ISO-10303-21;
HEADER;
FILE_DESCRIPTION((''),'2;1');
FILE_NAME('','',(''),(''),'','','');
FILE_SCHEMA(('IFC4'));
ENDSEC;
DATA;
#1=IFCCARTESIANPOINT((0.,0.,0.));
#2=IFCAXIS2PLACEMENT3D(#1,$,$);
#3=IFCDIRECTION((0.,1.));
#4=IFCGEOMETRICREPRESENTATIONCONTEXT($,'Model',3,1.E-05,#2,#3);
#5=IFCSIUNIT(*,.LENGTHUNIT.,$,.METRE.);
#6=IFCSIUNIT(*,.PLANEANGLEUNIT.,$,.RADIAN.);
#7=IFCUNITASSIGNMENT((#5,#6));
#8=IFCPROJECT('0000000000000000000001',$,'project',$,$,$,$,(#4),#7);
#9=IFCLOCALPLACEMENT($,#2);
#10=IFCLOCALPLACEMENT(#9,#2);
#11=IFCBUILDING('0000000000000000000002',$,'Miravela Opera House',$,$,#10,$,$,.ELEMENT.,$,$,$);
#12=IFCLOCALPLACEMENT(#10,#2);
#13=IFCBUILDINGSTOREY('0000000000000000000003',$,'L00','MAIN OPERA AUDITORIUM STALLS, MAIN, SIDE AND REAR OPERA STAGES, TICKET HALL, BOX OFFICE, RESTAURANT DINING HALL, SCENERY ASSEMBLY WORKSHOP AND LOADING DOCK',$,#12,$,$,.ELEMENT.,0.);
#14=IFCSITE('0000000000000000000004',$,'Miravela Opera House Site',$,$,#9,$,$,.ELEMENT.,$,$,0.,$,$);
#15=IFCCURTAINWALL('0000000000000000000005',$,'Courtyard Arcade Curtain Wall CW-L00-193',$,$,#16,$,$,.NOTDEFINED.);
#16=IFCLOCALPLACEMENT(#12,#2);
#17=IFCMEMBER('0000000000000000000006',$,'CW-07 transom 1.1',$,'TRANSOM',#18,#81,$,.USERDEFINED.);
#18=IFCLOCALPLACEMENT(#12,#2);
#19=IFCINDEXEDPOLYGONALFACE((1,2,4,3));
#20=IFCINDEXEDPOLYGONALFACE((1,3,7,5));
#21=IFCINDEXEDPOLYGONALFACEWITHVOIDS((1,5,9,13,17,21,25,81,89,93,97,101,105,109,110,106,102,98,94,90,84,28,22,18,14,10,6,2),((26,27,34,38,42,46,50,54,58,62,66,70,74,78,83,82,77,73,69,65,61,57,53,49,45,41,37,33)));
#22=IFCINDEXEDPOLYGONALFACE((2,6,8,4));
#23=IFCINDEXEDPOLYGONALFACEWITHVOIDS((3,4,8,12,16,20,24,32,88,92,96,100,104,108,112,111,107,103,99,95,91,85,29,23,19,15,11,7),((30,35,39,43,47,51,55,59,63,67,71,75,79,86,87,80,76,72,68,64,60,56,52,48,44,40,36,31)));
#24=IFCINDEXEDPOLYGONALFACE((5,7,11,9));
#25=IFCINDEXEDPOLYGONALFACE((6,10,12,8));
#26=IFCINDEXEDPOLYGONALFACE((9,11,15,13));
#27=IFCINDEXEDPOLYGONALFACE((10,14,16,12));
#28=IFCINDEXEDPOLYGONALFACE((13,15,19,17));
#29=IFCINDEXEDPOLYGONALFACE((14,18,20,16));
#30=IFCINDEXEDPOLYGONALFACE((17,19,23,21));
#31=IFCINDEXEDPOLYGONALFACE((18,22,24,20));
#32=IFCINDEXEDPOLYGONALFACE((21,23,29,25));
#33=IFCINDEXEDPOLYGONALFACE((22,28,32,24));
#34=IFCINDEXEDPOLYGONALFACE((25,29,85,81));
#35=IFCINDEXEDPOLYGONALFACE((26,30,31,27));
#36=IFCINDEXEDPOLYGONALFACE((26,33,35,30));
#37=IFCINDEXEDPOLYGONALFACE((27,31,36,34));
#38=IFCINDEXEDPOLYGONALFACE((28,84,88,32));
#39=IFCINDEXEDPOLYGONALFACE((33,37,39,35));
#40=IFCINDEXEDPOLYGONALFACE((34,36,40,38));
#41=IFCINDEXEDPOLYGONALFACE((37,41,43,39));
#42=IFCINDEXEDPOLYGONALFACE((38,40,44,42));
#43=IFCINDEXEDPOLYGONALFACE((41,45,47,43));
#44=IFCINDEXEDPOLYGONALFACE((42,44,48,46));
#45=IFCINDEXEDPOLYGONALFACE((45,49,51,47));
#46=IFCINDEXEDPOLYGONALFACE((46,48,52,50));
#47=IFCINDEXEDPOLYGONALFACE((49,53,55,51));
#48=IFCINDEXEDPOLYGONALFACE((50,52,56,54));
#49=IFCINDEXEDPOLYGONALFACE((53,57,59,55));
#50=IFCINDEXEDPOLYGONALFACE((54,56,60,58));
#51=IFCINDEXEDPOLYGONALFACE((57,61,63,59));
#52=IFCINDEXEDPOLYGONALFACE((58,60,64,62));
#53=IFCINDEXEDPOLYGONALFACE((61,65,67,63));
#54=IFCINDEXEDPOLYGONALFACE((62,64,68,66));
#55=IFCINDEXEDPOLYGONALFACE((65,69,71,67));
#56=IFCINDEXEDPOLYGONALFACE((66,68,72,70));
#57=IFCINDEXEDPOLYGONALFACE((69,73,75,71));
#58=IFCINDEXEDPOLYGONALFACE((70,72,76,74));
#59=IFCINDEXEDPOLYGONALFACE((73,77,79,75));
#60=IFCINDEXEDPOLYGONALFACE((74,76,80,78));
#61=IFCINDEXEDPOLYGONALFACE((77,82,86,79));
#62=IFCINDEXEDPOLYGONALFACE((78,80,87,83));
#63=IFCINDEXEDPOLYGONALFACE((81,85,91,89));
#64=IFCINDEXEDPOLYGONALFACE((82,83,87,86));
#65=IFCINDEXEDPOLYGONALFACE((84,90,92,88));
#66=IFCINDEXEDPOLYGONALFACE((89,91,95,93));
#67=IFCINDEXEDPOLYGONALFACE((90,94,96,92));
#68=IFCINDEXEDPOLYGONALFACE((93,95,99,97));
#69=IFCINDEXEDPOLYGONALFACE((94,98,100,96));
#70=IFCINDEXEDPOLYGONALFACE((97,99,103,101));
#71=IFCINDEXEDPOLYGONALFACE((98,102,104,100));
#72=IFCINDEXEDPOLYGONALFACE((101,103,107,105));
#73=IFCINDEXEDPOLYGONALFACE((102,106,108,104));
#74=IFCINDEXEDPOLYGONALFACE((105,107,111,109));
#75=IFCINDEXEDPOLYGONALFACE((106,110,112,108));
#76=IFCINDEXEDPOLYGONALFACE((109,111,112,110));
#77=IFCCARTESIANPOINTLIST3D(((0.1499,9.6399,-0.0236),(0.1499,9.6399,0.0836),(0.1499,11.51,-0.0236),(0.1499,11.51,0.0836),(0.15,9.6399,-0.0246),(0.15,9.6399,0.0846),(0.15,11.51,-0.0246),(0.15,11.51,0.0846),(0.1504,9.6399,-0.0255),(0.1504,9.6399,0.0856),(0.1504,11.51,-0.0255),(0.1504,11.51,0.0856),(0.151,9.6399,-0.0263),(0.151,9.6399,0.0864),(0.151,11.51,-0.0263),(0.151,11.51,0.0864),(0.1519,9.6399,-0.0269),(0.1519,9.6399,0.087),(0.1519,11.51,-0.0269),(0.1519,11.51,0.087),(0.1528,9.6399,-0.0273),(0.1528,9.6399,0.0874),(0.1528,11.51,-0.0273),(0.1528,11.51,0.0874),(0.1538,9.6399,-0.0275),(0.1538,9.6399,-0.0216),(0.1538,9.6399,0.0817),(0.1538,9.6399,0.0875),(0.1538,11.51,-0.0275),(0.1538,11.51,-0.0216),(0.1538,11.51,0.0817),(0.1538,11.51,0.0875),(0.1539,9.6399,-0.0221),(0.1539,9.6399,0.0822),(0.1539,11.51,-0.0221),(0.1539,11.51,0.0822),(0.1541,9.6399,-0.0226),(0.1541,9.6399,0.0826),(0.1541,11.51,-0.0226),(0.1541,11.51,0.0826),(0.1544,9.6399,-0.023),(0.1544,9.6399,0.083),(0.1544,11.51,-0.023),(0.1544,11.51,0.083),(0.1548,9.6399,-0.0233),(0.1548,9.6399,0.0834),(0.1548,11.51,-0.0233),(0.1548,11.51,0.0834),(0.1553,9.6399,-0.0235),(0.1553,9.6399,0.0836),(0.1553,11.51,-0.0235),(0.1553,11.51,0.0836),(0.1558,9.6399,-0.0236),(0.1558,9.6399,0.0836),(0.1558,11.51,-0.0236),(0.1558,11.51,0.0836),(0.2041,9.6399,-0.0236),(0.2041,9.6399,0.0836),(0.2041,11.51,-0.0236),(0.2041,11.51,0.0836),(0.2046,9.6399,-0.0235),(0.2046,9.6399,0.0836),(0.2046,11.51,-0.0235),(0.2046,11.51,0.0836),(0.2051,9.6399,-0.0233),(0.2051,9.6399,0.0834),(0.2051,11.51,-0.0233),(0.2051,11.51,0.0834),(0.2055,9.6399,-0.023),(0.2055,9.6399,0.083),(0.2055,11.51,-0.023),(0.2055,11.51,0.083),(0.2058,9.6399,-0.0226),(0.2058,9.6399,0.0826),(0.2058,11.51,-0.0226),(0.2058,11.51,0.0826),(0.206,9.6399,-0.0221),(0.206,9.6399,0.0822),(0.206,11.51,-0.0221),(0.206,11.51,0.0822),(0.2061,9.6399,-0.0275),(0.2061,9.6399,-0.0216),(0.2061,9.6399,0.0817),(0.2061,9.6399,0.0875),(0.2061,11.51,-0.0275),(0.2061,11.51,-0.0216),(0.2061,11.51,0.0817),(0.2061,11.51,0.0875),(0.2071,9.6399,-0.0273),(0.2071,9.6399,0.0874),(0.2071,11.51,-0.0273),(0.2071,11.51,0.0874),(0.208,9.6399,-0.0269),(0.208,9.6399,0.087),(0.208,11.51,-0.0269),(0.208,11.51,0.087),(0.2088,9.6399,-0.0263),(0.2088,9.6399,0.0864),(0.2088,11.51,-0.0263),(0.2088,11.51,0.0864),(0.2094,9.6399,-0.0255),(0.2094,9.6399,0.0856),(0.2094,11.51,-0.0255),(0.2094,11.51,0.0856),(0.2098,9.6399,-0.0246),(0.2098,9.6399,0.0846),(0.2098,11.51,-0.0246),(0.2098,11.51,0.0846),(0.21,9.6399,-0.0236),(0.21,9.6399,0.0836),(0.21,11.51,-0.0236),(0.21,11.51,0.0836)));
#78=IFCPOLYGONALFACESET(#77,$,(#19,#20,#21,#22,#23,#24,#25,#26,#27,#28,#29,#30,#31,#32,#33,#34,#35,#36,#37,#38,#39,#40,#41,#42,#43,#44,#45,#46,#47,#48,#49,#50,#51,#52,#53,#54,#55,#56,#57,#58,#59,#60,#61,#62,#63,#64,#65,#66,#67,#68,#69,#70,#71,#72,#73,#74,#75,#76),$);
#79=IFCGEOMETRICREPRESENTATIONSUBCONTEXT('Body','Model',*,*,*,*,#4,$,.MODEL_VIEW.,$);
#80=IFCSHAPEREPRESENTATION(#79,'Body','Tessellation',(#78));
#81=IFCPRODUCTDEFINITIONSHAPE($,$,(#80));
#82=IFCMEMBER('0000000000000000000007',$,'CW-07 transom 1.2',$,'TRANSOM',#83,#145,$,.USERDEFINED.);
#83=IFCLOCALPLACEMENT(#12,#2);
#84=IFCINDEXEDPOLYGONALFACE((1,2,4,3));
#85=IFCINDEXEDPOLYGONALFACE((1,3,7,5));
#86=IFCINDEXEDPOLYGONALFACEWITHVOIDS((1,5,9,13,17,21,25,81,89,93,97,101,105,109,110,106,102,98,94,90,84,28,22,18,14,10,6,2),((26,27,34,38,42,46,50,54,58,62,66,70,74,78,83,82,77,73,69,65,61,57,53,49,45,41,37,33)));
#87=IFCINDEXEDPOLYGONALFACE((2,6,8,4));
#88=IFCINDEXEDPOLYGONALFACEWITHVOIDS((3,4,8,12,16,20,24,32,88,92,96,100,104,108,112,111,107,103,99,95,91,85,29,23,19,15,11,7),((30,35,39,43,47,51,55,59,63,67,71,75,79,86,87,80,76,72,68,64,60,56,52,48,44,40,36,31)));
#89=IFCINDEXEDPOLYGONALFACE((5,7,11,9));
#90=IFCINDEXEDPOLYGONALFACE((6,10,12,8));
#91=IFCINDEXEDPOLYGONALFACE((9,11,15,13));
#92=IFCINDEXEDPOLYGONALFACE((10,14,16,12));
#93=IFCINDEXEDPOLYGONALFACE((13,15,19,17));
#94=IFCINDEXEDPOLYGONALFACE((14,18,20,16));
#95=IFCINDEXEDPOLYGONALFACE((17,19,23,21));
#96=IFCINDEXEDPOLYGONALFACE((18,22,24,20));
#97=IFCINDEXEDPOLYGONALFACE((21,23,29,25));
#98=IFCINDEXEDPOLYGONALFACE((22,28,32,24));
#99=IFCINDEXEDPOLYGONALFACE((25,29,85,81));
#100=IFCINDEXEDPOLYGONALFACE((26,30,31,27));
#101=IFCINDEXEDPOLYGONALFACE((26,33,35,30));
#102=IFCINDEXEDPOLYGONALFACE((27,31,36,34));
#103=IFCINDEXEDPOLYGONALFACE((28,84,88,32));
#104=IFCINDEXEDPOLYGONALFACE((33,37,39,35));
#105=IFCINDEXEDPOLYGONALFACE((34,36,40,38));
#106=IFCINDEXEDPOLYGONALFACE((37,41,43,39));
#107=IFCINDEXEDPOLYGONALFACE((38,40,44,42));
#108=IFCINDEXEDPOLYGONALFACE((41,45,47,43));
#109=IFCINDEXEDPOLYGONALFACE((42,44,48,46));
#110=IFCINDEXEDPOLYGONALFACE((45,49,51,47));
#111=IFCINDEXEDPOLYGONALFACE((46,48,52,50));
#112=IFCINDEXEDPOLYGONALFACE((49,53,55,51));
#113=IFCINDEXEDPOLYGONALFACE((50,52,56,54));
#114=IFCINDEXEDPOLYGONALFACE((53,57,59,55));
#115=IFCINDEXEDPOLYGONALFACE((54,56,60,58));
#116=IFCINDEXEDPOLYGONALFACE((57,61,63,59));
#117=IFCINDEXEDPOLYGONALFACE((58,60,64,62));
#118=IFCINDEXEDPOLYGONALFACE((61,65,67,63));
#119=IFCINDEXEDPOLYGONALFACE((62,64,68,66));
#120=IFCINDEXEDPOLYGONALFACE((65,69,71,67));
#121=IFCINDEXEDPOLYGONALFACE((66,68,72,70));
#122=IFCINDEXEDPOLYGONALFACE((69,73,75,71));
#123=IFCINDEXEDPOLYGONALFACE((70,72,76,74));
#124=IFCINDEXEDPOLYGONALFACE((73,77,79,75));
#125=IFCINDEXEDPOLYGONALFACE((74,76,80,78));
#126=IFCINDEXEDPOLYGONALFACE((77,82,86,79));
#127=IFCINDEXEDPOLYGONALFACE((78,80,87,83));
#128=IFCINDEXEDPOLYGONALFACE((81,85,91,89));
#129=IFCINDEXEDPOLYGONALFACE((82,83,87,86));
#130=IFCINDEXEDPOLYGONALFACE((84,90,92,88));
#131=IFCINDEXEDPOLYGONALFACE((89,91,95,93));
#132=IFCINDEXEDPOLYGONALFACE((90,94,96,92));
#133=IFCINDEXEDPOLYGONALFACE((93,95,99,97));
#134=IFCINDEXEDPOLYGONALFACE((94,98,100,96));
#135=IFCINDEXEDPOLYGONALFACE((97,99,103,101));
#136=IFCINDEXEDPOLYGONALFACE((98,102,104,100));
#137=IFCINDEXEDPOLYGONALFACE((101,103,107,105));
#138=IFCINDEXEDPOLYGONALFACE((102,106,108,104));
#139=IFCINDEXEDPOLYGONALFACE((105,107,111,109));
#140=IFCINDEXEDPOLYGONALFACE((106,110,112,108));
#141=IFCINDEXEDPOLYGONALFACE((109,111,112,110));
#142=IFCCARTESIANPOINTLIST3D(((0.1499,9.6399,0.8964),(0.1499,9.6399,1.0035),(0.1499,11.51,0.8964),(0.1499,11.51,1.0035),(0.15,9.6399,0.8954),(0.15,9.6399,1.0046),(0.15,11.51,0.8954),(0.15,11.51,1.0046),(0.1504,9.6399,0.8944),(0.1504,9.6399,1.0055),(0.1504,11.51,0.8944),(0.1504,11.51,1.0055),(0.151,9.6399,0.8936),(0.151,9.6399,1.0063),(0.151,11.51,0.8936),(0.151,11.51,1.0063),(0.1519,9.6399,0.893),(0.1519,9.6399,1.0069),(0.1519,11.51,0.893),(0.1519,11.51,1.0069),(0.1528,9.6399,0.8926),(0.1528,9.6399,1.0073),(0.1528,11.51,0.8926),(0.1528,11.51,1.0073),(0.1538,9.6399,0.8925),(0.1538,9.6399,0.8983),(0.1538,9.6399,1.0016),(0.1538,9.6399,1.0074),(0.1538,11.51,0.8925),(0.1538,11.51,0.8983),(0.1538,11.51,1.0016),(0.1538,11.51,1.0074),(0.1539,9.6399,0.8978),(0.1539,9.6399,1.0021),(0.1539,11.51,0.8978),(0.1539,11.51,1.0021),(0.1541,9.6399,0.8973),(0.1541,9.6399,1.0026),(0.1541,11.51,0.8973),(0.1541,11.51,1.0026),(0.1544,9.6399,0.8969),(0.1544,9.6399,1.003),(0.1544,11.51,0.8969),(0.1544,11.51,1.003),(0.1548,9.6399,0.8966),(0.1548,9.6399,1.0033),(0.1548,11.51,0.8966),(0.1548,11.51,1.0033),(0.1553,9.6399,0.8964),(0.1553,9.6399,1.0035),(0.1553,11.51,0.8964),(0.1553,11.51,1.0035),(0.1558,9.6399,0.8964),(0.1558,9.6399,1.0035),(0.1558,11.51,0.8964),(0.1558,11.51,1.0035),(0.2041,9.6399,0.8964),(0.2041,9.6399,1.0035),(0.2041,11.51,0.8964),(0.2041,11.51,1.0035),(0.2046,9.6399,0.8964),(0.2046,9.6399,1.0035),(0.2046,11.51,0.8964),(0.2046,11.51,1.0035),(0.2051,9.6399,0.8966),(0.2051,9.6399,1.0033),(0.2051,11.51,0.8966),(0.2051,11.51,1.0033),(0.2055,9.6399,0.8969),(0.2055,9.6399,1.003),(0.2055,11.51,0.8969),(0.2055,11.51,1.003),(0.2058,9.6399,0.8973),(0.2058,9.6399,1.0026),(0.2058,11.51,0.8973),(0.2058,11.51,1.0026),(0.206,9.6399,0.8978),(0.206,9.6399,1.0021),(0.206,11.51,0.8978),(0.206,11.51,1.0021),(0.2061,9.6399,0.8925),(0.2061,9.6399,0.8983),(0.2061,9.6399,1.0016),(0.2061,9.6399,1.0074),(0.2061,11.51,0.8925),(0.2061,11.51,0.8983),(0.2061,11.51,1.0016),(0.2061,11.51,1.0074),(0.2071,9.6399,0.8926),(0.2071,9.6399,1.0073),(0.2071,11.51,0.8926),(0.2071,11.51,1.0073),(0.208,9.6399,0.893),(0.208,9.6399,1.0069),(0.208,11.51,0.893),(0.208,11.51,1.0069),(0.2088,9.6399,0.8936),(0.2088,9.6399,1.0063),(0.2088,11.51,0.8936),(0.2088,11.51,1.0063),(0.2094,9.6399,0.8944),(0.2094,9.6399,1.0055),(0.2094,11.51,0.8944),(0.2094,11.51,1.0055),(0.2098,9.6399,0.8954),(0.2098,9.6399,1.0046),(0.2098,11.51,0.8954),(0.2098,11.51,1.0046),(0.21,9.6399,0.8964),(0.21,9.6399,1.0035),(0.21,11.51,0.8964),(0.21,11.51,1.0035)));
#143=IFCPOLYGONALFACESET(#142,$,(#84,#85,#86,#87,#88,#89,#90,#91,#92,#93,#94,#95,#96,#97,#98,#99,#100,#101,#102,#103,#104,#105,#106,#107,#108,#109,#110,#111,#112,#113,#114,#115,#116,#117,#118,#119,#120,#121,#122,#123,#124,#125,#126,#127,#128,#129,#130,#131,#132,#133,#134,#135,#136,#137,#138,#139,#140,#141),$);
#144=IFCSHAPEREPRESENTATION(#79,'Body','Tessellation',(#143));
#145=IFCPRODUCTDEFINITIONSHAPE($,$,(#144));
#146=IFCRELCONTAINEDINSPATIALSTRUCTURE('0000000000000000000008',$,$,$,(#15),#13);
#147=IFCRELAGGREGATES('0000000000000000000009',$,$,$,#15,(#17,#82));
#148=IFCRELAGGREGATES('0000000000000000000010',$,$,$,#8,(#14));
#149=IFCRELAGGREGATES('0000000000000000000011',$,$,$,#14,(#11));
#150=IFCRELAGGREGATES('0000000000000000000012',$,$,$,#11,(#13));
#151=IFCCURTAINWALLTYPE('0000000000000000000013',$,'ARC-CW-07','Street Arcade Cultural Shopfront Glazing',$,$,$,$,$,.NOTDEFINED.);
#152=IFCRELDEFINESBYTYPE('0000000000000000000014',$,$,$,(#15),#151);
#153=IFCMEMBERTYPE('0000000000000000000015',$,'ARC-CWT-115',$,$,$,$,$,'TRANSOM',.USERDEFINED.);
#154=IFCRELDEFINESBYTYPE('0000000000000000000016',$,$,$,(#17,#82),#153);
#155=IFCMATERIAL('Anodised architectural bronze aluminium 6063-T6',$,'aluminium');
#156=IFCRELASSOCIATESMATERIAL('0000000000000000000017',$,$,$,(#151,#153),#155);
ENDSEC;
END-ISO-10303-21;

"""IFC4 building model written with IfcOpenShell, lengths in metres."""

from ifc_helpers import new_model, si_unit, direction, frame, origin, origin_2d, place, context, subcontext, project, spatial, hollow_rectangle, extrude, material, material_profile, profile_set, type_object, element, aggregate, save


model = new_model("IFC4")

# Units and contexts
model_context = context("Model", 3, precision=1e-05, world=origin(), true_north=direction((0.0, 1.0)))
body_context = subcontext(model_context, "Body", "Model", "MODEL_VIEW")
ifc_project = project(units=[si_unit("LENGTHUNIT", "METRE"), si_unit("PLANEANGLEUNIT", "RADIAN")], contexts=[model_context])

# Site, building, storey
site_placement = place(None, origin())
site = spatial("IfcSite", under=ifc_project, at=site_placement, Name="Miravela Opera House Site", CompositionType="ELEMENT", RefElevation=0.0)
building_placement = place(site_placement, origin())
building = spatial("IfcBuilding", under=site, at=building_placement, Name="Miravela Opera House", CompositionType="ELEMENT")
storey_placement = place(building_placement, origin())
storey = spatial("IfcBuildingStorey", under=building, at=storey_placement, Name="L00", Description="MAIN OPERA AUDITORIUM STALLS, MAIN, SIDE AND REAR OPERA STAGES, TICKET HALL, BOX OFFICE, RESTAURANT DINING HALL, SCENERY ASSEMBLY WORKSHOP AND LOADING DOCK", CompositionType="ELEMENT", Elevation=0.0)

# Shared definitions
ifc_material_1 = material(Name="Anodised architectural bronze aluminium 6063-T6", Category="aluminium")
curtain_wall_type = type_object("IfcCurtainWallType", Name="ARC-CW-07", Description="Street Arcade Cultural Shopfront Glazing", PredefinedType="NOTDEFINED", material=ifc_material_1)

# Curtain wall
curtain_wall_1_placement = place(storey_placement, origin())
curtain_wall_1 = element("IfcCurtainWall", 1, at=curtain_wall_1_placement, inside=storey, type_object=curtain_wall_type, Name="Courtyard Arcade Curtain Wall CW-L00-193", PredefinedType="NOTDEFINED")

# Members
ifc_material_profile_1 = material_profile(ifc_material_1, hollow_rectangle(XDim=0.0601, YDim=0.115, WallThickness=0.0039, InnerFilletRadius=0.002, OuterFilletRadius=0.0039, at=origin_2d()), Name="CWT-60X115")
ifc_profile_set_1 = profile_set([ifc_material_profile_1])
member_type_1 = type_object("IfcMemberType", Name="ARC-CWT-115", ElementType="TRANSOM", PredefinedType="USERDEFINED", material=ifc_profile_set_1)
member_1_placement = place(storey_placement, frame((0.1799, 9.6399, 0.03), z_axis=(0.0, 1.0, 0.0), x_axis=(-1.0, 0.0, 0.0)))
member_1 = element("IfcMember", 2, at=member_1_placement, type_object=member_type_1, Name="CW-07 transom 1.1", ObjectType="TRANSOM", PredefinedType="USERDEFINED", context=body_context, shape_type="SweptSolid", body=[
    extrude(hollow_rectangle(XDim=0.0601, YDim=0.115, WallThickness=0.0039, InnerFilletRadius=0.002, OuterFilletRadius=0.0039, at=origin_2d()), origin(), (0.0, 0.0, 1.0), 1.8701),
])
member_2_placement = place(storey_placement, frame((0.1799, 9.6399, 0.95), z_axis=(0.0, 1.0, 0.0), x_axis=(-1.0, 0.0, 0.0)))
member_2 = element("IfcMember", 3, at=member_2_placement, type_object=member_type_1, Name="CW-07 transom 1.2", ObjectType="TRANSOM", PredefinedType="USERDEFINED", context=body_context, shape_type="SweptSolid", body=[
    extrude(hollow_rectangle(XDim=0.0601, YDim=0.115, WallThickness=0.0039, InnerFilletRadius=0.002, OuterFilletRadius=0.0039, at=origin_2d()), origin(), (0.0, 0.0, 1.0), 1.8701),
])

aggregate(curtain_wall_1, [member_1, member_2])

save(model, "model.ifc")
